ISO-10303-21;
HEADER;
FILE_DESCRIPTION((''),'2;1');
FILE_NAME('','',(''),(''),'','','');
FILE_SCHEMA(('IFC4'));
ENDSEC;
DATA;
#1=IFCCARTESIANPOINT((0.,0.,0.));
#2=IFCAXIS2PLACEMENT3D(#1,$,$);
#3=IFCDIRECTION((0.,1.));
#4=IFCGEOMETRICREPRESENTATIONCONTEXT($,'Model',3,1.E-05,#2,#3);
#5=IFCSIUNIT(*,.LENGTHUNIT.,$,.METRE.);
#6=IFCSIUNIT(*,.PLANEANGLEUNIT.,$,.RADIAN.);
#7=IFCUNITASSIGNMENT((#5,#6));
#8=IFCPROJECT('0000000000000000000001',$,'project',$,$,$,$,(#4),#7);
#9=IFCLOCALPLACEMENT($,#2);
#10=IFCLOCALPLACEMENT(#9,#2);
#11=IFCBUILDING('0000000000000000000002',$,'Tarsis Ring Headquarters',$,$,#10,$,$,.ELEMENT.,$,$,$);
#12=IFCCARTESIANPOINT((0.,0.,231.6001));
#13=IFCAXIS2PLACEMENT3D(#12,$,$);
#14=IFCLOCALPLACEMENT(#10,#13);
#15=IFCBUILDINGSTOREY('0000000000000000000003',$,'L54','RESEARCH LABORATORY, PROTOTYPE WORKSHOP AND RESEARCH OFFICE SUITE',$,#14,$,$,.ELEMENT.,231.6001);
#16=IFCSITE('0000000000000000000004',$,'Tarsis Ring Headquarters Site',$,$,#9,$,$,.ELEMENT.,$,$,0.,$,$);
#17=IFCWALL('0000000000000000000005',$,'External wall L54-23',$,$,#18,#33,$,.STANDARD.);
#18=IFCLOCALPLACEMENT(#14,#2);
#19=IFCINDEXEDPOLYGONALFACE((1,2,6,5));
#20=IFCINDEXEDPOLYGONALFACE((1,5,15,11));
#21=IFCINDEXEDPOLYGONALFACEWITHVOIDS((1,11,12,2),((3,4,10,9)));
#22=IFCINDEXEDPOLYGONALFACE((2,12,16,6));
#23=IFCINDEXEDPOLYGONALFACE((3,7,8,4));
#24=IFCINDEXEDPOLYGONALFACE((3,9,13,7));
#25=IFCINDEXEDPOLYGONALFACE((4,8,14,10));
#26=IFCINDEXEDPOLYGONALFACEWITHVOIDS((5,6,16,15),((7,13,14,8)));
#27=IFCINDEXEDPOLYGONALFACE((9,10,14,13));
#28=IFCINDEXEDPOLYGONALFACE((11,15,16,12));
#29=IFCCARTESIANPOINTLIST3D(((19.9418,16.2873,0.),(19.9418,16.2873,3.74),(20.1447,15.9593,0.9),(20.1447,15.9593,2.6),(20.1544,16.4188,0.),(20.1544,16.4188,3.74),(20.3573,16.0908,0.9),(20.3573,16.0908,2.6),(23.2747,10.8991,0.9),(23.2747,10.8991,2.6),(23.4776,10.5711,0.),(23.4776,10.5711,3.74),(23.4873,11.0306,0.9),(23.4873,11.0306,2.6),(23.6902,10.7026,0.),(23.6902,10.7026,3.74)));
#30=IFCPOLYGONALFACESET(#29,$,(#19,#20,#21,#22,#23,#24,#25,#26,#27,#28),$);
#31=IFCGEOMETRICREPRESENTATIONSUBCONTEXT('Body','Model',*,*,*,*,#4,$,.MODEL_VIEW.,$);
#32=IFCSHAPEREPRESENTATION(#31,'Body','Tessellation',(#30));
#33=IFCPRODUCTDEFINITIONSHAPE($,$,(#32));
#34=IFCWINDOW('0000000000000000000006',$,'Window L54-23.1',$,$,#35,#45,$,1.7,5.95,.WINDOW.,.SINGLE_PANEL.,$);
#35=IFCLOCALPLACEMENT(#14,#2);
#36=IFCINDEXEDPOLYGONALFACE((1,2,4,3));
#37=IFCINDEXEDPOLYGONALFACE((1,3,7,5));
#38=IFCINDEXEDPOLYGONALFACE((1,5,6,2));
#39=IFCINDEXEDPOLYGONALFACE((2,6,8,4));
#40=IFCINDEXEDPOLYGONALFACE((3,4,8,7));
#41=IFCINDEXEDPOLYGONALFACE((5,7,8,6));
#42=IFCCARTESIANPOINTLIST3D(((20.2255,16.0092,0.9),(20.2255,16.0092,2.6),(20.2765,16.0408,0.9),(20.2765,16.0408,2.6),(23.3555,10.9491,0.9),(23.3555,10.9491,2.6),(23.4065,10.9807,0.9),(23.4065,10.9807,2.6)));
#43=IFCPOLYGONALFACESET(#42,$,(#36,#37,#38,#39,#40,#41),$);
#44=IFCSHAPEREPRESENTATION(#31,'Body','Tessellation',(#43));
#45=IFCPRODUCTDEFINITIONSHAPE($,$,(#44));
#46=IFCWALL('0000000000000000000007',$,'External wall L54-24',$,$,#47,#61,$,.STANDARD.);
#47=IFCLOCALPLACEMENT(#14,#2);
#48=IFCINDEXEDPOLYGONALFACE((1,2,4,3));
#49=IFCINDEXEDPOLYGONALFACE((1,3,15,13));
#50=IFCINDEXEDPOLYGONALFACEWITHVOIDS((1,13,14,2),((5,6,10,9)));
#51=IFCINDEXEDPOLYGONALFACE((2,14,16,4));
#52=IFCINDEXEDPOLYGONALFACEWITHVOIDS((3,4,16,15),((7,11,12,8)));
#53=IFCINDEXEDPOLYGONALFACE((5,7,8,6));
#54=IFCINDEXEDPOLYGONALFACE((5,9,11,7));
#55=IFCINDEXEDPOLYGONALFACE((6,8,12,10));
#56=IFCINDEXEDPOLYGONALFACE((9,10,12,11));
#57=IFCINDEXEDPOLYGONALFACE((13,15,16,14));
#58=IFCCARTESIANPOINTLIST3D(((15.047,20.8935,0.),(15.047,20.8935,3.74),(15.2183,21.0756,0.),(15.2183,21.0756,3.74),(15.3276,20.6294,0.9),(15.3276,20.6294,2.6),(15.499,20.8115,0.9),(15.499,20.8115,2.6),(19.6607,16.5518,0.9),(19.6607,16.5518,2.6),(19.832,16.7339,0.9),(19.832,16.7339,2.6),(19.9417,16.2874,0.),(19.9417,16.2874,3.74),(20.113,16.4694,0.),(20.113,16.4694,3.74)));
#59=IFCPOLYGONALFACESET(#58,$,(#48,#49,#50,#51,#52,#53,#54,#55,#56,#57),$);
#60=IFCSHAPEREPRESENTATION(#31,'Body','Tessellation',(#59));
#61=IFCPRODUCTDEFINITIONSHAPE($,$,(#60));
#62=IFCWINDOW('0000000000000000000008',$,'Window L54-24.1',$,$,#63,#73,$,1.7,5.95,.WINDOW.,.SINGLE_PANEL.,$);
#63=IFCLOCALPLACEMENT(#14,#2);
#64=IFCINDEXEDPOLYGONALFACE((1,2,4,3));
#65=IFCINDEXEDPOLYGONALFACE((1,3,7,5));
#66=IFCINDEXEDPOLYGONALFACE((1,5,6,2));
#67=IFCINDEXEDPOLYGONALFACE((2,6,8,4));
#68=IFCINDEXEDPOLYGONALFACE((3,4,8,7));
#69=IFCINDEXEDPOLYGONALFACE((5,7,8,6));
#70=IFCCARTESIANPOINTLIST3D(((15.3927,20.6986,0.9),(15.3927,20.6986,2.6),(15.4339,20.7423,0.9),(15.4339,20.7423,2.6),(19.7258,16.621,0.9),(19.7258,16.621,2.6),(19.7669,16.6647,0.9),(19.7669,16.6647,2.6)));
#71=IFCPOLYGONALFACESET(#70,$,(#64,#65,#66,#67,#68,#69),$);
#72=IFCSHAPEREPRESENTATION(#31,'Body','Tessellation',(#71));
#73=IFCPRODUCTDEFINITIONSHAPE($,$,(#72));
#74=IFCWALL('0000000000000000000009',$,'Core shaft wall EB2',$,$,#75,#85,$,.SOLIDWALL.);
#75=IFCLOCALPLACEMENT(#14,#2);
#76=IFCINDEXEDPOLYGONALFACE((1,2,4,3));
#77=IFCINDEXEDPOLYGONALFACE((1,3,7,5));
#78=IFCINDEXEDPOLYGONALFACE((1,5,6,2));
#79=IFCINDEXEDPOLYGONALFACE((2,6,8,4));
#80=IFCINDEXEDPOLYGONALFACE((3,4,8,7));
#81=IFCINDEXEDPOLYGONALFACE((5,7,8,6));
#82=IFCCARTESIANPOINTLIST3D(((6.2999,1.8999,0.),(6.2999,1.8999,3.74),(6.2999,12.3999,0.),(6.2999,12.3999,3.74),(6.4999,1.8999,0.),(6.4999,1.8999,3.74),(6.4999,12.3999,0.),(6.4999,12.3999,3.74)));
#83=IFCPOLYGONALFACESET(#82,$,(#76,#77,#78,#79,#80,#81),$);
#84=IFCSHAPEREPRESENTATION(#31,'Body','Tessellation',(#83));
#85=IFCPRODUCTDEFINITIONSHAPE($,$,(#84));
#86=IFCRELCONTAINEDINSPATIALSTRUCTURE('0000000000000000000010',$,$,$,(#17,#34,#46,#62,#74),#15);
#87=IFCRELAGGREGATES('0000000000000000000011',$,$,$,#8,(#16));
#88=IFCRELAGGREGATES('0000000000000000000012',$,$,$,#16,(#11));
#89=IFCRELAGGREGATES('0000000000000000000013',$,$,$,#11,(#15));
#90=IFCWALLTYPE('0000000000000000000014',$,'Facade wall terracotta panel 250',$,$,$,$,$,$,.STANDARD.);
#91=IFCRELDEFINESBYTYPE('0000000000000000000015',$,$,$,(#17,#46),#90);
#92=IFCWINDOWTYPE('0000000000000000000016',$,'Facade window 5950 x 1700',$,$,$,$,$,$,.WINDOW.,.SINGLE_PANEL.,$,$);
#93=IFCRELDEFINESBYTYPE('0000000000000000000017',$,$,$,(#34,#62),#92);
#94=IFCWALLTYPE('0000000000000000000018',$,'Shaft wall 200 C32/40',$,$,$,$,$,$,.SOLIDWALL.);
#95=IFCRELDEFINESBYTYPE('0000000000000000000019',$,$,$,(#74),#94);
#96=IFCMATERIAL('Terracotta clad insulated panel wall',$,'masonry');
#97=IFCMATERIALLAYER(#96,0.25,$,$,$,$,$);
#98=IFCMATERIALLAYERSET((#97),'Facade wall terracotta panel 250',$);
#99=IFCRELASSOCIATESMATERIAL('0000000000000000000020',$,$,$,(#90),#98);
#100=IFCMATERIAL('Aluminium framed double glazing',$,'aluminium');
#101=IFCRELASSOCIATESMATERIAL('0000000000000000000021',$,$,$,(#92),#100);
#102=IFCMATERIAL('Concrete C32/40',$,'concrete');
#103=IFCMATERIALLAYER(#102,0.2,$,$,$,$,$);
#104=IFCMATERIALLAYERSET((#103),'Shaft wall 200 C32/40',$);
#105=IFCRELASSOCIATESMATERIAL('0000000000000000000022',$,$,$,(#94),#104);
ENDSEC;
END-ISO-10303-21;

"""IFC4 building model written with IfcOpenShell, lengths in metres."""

from ifc_helpers import new_model, si_unit, direction, frame, frame_2d, origin, place, context, subcontext, project, spatial, rectangle, extrude, material, layer, layer_set, type_object, element, fill, save


model = new_model("IFC4")

# Units and contexts
model_context = context("Model", 3, precision=1e-05, world=origin(), true_north=direction((0.0, 1.0)))
body_context = subcontext(model_context, "Body", "Model", "MODEL_VIEW")
ifc_project = project(units=[si_unit("LENGTHUNIT", "METRE"), si_unit("PLANEANGLEUNIT", "RADIAN")], contexts=[model_context])

# Site, building, storey
site_placement = place(None, origin())
site = spatial("IfcSite", under=ifc_project, at=site_placement, Name="Tarsis Ring Headquarters Site", CompositionType="ELEMENT", RefElevation=0.0)
building_placement = place(site_placement, origin())
building = spatial("IfcBuilding", under=site, at=building_placement, Name="Tarsis Ring Headquarters", CompositionType="ELEMENT")
storey_placement = place(building_placement, frame((0.0, 0.0, 231.6001)))
storey = spatial("IfcBuildingStorey", under=building, at=storey_placement, Name="L54", Description="RESEARCH LABORATORY, PROTOTYPE WORKSHOP AND RESEARCH OFFICE SUITE", CompositionType="ELEMENT", Elevation=231.6001)

# Walls, openings, windows
ifc_material_1 = material(Name="Terracotta clad insulated panel wall", Category="masonry")
ifc_layer_1 = layer(ifc_material_1, 0.25)
ifc_layer_set_1 = layer_set([ifc_layer_1], Name="Facade wall terracotta panel 250")
wall_type_1 = type_object("IfcWallType", Name="Facade wall terracotta panel 250", PredefinedType="STANDARD", material=ifc_layer_set_1)
ifc_material_2 = material(Name="Aluminium framed double glazing", Category="aluminium")
window_type = type_object("IfcWindowType", Name="Facade window 5950 x 1700", PartitioningType="SINGLE_PANEL", PredefinedType="WINDOW", material=ifc_material_2)
wall_1_placement = place(storey_placement, frame((23.584, 10.6367, 0.0), z_axis=(0.0, 0.0, 1.0), x_axis=(-0.526056, 0.85045, 0.0)))
wall_1 = element("IfcWall", 1, at=wall_1_placement, inside=storey, type_object=wall_type_1, Name="External wall L54-23", PredefinedType="STANDARD", context=body_context, shape_type="SweptSolid", body=[
    extrude(rectangle(XDim=6.7214, YDim=0.25, at=frame_2d((3.3608, 0.0))), origin(), (0.0, 0.0, 1.0), 3.74),
])
opening_1_placement = place(wall_1_placement, frame((0.3857, 0.0, 0.8999)))
opening_1 = element("IfcOpeningElement", 2, at=opening_1_placement, cuts=wall_1, PredefinedType="OPENING", context=body_context, shape_type="SweptSolid", body=[
    extrude(rectangle(XDim=5.95, YDim=1.7, at=frame_2d((2.9751, 0.8501))), frame((0.0, 0.135, 0.0), z_axis=(0.0, -1.0, 0.0), x_axis=(1.0, 0.0, 0.0)), (0.0, 0.0, 1.0), 0.27),
])
window_1_placement = place(opening_1_placement, origin())
window_1 = element("IfcWindow", 3, at=window_1_placement, inside=storey, type_object=window_type, Name="Window L54-23.1", OverallHeight=1.7, OverallWidth=5.95, PartitioningType="SINGLE_PANEL", PredefinedType="WINDOW", context=body_context, shape_type="SweptSolid", body=[
    extrude(rectangle(XDim=5.95, YDim=1.7, at=frame_2d((2.9751, 0.8501))), frame((0.0, 0.03, 0.0), z_axis=(0.0, -1.0, 0.0), x_axis=(1.0, 0.0, 0.0)), (0.0, 0.0, 1.0), 0.0601),
])
fill(opening_1, window_1)
wall_2_placement = place(storey_placement, frame((20.0273, 16.3784, 0.0), z_axis=(0.0, 0.0, 1.0), x_axis=(-0.728248, 0.685314, 0.0)))
wall_2 = element("IfcWall", 4, at=wall_2_placement, inside=storey, type_object=wall_type_1, Name="External wall L54-24", PredefinedType="STANDARD", context=body_context, shape_type="SweptSolid", body=[
    extrude(rectangle(XDim=6.7212, YDim=0.25, at=frame_2d((3.3606, 0.0))), origin(), (0.0, 0.0, 1.0), 3.74),
])
opening_2_placement = place(wall_2_placement, frame((0.3857, 0.0, 0.8999)))
opening_2 = element("IfcOpeningElement", 5, at=opening_2_placement, cuts=wall_2, PredefinedType="OPENING", context=body_context, shape_type="SweptSolid", body=[
    extrude(rectangle(XDim=5.95, YDim=1.7, at=frame_2d((2.9751, 0.8501))), frame((0.0, 0.135, 0.0), z_axis=(0.0, -1.0, 0.0), x_axis=(1.0, 0.0, 0.0)), (0.0, 0.0, 1.0), 0.27),
])
window_2_placement = place(opening_2_placement, origin())
window_2 = element("IfcWindow", 6, at=window_2_placement, inside=storey, type_object=window_type, Name="Window L54-24.1", OverallHeight=1.7, OverallWidth=5.95, PartitioningType="SINGLE_PANEL", PredefinedType="WINDOW", context=body_context, shape_type="SweptSolid", body=[
    extrude(rectangle(XDim=5.95, YDim=1.7, at=frame_2d((2.9751, 0.8501))), frame((0.0, 0.03, 0.0), z_axis=(0.0, -1.0, 0.0), x_axis=(1.0, 0.0, 0.0)), (0.0, 0.0, 1.0), 0.0601),
])
fill(opening_2, window_2)

# Wall
ifc_material_3 = material(Name="Concrete C32/40", Category="concrete")
ifc_layer_2 = layer(ifc_material_3, 0.2)
ifc_layer_set_2 = layer_set([ifc_layer_2], Name="Shaft wall 200 C32/40")
wall_type_2 = type_object("IfcWallType", Name="Shaft wall 200 C32/40", PredefinedType="SOLIDWALL", material=ifc_layer_set_2)
wall_3_placement = place(storey_placement, frame((6.3999, 1.8999, 0.0), z_axis=(0.0, 0.0, 1.0), x_axis=(0.0, 1.0, 0.0)))
element("IfcWall", 7, at=wall_3_placement, inside=storey, type_object=wall_type_2, Name="Core shaft wall EB2", PredefinedType="SOLIDWALL", context=body_context, shape_type="SweptSolid", body=[
    extrude(rectangle(XDim=10.5, YDim=0.2, at=frame_2d((5.25, 0.0))), origin(), (0.0, 0.0, 1.0), 3.74),
])

save(model, "model.ifc")
